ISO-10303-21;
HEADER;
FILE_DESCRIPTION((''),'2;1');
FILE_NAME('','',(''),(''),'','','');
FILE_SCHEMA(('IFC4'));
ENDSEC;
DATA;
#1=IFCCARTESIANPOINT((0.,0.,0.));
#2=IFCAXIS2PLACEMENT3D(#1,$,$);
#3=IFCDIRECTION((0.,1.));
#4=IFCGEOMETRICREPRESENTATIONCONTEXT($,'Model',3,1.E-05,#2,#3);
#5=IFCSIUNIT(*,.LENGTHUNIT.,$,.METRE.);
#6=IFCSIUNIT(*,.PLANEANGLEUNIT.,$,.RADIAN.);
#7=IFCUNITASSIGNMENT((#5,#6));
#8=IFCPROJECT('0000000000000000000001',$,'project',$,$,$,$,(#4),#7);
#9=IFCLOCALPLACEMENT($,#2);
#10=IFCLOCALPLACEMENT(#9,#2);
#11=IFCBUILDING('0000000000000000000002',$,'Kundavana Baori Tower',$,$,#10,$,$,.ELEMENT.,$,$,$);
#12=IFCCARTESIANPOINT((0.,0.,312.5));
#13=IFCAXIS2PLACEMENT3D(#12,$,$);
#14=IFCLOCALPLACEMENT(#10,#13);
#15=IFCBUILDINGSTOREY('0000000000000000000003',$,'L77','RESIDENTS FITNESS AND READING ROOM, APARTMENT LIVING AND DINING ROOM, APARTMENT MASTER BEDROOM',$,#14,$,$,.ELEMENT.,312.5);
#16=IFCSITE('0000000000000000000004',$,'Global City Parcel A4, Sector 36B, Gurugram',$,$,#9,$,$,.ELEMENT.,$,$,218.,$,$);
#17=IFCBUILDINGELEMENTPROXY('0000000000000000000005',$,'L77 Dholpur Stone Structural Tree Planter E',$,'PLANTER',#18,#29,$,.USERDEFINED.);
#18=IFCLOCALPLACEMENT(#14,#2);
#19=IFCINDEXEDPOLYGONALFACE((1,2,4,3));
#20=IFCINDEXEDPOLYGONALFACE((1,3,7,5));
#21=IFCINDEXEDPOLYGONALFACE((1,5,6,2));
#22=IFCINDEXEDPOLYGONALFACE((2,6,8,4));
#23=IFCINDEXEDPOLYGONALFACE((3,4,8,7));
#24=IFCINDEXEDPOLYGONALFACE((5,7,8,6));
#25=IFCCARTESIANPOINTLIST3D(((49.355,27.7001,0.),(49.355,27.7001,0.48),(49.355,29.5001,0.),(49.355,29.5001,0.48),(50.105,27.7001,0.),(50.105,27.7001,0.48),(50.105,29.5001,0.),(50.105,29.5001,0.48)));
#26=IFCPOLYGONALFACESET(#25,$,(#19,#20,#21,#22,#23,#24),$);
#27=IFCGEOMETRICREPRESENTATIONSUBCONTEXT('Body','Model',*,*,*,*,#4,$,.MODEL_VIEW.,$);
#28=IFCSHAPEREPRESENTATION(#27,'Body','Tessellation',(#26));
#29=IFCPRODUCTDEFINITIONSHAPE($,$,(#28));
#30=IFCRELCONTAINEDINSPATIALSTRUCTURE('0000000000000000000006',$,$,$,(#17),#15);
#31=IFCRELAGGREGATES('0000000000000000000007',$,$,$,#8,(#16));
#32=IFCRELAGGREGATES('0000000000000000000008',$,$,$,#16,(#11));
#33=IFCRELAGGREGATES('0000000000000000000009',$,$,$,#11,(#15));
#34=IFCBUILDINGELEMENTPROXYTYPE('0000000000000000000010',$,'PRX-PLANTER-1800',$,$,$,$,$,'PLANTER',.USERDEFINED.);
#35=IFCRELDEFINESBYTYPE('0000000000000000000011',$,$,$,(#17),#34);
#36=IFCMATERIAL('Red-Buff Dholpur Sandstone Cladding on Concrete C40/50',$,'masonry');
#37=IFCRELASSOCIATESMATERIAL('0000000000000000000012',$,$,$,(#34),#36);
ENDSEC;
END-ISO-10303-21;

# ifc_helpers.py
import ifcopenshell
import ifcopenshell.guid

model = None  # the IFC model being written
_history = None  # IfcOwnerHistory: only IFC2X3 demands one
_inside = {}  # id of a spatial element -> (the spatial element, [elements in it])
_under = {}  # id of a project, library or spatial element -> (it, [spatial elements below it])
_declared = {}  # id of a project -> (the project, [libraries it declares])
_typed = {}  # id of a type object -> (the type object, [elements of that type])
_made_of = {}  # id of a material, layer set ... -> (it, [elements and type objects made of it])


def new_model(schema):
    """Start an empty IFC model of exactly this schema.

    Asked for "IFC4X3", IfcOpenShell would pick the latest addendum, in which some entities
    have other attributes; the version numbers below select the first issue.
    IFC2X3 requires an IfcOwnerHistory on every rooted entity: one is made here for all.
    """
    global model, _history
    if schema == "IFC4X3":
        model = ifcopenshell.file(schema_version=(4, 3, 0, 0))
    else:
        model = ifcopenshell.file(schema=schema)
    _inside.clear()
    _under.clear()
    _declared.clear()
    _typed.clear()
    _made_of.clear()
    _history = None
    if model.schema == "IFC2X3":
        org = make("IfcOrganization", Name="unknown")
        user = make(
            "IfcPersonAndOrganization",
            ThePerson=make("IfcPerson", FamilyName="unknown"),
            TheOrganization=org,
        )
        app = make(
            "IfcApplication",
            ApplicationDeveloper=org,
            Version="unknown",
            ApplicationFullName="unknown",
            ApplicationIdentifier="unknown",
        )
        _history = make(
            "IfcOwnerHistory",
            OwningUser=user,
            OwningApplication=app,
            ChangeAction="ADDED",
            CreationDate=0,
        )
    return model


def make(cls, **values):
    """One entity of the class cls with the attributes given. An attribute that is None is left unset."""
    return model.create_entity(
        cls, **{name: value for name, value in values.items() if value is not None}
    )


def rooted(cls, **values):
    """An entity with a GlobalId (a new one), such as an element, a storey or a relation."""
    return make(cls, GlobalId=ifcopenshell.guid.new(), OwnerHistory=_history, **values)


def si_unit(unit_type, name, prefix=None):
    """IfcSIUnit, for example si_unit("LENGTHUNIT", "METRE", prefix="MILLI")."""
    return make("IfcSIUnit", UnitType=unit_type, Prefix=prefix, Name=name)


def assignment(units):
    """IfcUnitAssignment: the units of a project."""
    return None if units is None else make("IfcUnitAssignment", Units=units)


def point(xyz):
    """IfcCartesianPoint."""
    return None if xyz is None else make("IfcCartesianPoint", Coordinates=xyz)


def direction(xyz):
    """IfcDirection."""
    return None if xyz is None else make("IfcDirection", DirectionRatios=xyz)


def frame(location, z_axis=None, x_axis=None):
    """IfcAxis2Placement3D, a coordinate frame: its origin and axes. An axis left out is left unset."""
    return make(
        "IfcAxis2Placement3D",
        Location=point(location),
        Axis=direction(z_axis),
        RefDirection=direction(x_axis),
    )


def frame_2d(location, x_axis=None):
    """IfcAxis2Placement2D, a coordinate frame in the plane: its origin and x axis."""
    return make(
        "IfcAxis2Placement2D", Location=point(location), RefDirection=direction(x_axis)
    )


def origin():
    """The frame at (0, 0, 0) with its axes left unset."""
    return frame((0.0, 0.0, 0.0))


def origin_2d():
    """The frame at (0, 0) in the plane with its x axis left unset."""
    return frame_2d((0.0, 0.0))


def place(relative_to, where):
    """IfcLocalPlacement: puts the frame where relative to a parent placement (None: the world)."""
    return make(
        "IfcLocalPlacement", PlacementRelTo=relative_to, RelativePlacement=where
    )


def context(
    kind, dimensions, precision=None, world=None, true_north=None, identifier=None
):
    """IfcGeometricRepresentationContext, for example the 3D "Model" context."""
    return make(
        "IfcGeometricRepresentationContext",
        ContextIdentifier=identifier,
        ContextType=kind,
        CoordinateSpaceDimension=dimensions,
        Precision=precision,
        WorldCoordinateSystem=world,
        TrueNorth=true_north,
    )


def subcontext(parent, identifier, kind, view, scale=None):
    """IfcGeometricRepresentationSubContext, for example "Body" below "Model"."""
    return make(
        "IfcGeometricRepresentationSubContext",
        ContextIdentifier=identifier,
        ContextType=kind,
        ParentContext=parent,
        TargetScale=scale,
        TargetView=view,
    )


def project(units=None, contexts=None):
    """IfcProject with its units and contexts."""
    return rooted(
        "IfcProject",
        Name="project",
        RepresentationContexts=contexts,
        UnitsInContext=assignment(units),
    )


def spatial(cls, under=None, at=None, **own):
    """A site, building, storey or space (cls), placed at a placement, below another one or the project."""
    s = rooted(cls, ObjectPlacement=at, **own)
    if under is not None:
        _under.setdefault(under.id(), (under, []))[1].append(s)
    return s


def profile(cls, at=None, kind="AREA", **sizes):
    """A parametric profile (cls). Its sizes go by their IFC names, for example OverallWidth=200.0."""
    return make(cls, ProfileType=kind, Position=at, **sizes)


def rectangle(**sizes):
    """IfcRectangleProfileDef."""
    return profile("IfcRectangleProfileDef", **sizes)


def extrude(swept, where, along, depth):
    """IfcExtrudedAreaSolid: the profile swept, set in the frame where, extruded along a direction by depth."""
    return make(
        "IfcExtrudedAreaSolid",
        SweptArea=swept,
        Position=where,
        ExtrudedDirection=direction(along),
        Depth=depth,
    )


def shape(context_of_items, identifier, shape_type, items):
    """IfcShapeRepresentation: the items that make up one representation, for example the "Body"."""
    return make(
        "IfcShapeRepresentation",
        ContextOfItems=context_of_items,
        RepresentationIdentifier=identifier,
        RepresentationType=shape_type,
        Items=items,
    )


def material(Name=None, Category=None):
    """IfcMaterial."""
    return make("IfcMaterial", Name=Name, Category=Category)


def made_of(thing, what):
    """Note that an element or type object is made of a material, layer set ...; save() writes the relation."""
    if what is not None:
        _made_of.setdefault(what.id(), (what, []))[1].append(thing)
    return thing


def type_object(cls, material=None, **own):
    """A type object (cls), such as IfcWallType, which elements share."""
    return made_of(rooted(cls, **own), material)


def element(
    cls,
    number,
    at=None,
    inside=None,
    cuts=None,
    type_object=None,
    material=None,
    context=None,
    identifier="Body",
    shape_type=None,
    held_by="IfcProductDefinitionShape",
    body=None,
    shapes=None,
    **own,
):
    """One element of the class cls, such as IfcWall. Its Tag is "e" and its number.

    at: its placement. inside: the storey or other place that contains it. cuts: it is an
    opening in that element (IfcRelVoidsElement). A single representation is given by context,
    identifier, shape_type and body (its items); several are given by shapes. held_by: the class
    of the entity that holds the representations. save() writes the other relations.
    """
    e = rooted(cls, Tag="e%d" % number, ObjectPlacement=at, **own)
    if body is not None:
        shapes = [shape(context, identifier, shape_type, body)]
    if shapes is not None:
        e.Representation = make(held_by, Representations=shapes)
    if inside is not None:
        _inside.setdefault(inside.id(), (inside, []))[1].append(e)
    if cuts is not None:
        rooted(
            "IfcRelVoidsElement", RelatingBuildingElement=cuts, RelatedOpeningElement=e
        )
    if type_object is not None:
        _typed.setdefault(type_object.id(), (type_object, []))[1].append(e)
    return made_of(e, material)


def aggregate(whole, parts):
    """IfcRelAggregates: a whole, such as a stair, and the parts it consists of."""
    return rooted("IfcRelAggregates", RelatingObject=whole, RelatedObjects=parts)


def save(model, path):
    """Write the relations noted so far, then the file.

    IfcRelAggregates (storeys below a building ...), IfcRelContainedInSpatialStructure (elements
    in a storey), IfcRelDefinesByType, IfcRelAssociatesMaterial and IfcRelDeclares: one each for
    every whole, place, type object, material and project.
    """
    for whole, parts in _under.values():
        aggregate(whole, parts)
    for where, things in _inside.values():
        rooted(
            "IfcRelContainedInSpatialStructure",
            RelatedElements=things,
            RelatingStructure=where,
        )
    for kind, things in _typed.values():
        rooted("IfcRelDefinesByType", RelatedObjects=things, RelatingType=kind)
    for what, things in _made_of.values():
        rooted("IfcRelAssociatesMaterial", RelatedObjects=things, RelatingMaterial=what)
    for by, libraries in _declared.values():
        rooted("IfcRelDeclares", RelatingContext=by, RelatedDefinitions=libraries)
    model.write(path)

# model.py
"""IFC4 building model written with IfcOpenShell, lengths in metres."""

from ifc_helpers import new_model, si_unit, direction, frame, origin, origin_2d, place, context, subcontext, project, spatial, rectangle, extrude, material, type_object, element, save


model = new_model("IFC4")

# Units and contexts
model_context = context("Model", 3, precision=1e-05, world=origin(), true_north=direction((0.0, 1.0)))
body_context = subcontext(model_context, "Body", "Model", "MODEL_VIEW")
ifc_project = project(units=[si_unit("LENGTHUNIT", "METRE"), si_unit("PLANEANGLEUNIT", "RADIAN")], contexts=[model_context])

# Site, building, storey
site_placement = place(None, origin())
site = spatial("IfcSite", under=ifc_project, at=site_placement, Name="Global City Parcel A4, Sector 36B, Gurugram", CompositionType="ELEMENT", RefElevation=218.0)
building_placement = place(site_placement, origin())
building = spatial("IfcBuilding", under=site, at=building_placement, Name="Kundavana Baori Tower", CompositionType="ELEMENT")
storey_placement = place(building_placement, frame((0.0, 0.0, 312.5)))
storey = spatial("IfcBuildingStorey", under=building, at=storey_placement, Name="L77", Description="RESIDENTS FITNESS AND READING ROOM, APARTMENT LIVING AND DINING ROOM, APARTMENT MASTER BEDROOM", CompositionType="ELEMENT", Elevation=312.5)

# Building element proxy
ifc_material_1 = material(Name="Red-Buff Dholpur Sandstone Cladding on Concrete C40/50", Category="masonry")
building_element_proxy_type = type_object("IfcBuildingElementProxyType", Name="PRX-PLANTER-1800", ElementType="PLANTER", PredefinedType="USERDEFINED", material=ifc_material_1)
proxy_placement = place(storey_placement, frame((49.73, 28.6001, 0.0), z_axis=(0.0, 0.0, 1.0), x_axis=(0.0, 1.0, 0.0)))
element("IfcBuildingElementProxy", 1, at=proxy_placement, inside=storey, type_object=building_element_proxy_type, Name="L77 Dholpur Stone Structural Tree Planter E", ObjectType="PLANTER", PredefinedType="USERDEFINED", context=body_context, shape_type="SweptSolid", body=[
    extrude(rectangle(XDim=1.8, YDim=0.75, at=origin_2d()), origin(), (0.0, 0.0, 1.0), 0.48),
])

save(model, "model.ifc")
